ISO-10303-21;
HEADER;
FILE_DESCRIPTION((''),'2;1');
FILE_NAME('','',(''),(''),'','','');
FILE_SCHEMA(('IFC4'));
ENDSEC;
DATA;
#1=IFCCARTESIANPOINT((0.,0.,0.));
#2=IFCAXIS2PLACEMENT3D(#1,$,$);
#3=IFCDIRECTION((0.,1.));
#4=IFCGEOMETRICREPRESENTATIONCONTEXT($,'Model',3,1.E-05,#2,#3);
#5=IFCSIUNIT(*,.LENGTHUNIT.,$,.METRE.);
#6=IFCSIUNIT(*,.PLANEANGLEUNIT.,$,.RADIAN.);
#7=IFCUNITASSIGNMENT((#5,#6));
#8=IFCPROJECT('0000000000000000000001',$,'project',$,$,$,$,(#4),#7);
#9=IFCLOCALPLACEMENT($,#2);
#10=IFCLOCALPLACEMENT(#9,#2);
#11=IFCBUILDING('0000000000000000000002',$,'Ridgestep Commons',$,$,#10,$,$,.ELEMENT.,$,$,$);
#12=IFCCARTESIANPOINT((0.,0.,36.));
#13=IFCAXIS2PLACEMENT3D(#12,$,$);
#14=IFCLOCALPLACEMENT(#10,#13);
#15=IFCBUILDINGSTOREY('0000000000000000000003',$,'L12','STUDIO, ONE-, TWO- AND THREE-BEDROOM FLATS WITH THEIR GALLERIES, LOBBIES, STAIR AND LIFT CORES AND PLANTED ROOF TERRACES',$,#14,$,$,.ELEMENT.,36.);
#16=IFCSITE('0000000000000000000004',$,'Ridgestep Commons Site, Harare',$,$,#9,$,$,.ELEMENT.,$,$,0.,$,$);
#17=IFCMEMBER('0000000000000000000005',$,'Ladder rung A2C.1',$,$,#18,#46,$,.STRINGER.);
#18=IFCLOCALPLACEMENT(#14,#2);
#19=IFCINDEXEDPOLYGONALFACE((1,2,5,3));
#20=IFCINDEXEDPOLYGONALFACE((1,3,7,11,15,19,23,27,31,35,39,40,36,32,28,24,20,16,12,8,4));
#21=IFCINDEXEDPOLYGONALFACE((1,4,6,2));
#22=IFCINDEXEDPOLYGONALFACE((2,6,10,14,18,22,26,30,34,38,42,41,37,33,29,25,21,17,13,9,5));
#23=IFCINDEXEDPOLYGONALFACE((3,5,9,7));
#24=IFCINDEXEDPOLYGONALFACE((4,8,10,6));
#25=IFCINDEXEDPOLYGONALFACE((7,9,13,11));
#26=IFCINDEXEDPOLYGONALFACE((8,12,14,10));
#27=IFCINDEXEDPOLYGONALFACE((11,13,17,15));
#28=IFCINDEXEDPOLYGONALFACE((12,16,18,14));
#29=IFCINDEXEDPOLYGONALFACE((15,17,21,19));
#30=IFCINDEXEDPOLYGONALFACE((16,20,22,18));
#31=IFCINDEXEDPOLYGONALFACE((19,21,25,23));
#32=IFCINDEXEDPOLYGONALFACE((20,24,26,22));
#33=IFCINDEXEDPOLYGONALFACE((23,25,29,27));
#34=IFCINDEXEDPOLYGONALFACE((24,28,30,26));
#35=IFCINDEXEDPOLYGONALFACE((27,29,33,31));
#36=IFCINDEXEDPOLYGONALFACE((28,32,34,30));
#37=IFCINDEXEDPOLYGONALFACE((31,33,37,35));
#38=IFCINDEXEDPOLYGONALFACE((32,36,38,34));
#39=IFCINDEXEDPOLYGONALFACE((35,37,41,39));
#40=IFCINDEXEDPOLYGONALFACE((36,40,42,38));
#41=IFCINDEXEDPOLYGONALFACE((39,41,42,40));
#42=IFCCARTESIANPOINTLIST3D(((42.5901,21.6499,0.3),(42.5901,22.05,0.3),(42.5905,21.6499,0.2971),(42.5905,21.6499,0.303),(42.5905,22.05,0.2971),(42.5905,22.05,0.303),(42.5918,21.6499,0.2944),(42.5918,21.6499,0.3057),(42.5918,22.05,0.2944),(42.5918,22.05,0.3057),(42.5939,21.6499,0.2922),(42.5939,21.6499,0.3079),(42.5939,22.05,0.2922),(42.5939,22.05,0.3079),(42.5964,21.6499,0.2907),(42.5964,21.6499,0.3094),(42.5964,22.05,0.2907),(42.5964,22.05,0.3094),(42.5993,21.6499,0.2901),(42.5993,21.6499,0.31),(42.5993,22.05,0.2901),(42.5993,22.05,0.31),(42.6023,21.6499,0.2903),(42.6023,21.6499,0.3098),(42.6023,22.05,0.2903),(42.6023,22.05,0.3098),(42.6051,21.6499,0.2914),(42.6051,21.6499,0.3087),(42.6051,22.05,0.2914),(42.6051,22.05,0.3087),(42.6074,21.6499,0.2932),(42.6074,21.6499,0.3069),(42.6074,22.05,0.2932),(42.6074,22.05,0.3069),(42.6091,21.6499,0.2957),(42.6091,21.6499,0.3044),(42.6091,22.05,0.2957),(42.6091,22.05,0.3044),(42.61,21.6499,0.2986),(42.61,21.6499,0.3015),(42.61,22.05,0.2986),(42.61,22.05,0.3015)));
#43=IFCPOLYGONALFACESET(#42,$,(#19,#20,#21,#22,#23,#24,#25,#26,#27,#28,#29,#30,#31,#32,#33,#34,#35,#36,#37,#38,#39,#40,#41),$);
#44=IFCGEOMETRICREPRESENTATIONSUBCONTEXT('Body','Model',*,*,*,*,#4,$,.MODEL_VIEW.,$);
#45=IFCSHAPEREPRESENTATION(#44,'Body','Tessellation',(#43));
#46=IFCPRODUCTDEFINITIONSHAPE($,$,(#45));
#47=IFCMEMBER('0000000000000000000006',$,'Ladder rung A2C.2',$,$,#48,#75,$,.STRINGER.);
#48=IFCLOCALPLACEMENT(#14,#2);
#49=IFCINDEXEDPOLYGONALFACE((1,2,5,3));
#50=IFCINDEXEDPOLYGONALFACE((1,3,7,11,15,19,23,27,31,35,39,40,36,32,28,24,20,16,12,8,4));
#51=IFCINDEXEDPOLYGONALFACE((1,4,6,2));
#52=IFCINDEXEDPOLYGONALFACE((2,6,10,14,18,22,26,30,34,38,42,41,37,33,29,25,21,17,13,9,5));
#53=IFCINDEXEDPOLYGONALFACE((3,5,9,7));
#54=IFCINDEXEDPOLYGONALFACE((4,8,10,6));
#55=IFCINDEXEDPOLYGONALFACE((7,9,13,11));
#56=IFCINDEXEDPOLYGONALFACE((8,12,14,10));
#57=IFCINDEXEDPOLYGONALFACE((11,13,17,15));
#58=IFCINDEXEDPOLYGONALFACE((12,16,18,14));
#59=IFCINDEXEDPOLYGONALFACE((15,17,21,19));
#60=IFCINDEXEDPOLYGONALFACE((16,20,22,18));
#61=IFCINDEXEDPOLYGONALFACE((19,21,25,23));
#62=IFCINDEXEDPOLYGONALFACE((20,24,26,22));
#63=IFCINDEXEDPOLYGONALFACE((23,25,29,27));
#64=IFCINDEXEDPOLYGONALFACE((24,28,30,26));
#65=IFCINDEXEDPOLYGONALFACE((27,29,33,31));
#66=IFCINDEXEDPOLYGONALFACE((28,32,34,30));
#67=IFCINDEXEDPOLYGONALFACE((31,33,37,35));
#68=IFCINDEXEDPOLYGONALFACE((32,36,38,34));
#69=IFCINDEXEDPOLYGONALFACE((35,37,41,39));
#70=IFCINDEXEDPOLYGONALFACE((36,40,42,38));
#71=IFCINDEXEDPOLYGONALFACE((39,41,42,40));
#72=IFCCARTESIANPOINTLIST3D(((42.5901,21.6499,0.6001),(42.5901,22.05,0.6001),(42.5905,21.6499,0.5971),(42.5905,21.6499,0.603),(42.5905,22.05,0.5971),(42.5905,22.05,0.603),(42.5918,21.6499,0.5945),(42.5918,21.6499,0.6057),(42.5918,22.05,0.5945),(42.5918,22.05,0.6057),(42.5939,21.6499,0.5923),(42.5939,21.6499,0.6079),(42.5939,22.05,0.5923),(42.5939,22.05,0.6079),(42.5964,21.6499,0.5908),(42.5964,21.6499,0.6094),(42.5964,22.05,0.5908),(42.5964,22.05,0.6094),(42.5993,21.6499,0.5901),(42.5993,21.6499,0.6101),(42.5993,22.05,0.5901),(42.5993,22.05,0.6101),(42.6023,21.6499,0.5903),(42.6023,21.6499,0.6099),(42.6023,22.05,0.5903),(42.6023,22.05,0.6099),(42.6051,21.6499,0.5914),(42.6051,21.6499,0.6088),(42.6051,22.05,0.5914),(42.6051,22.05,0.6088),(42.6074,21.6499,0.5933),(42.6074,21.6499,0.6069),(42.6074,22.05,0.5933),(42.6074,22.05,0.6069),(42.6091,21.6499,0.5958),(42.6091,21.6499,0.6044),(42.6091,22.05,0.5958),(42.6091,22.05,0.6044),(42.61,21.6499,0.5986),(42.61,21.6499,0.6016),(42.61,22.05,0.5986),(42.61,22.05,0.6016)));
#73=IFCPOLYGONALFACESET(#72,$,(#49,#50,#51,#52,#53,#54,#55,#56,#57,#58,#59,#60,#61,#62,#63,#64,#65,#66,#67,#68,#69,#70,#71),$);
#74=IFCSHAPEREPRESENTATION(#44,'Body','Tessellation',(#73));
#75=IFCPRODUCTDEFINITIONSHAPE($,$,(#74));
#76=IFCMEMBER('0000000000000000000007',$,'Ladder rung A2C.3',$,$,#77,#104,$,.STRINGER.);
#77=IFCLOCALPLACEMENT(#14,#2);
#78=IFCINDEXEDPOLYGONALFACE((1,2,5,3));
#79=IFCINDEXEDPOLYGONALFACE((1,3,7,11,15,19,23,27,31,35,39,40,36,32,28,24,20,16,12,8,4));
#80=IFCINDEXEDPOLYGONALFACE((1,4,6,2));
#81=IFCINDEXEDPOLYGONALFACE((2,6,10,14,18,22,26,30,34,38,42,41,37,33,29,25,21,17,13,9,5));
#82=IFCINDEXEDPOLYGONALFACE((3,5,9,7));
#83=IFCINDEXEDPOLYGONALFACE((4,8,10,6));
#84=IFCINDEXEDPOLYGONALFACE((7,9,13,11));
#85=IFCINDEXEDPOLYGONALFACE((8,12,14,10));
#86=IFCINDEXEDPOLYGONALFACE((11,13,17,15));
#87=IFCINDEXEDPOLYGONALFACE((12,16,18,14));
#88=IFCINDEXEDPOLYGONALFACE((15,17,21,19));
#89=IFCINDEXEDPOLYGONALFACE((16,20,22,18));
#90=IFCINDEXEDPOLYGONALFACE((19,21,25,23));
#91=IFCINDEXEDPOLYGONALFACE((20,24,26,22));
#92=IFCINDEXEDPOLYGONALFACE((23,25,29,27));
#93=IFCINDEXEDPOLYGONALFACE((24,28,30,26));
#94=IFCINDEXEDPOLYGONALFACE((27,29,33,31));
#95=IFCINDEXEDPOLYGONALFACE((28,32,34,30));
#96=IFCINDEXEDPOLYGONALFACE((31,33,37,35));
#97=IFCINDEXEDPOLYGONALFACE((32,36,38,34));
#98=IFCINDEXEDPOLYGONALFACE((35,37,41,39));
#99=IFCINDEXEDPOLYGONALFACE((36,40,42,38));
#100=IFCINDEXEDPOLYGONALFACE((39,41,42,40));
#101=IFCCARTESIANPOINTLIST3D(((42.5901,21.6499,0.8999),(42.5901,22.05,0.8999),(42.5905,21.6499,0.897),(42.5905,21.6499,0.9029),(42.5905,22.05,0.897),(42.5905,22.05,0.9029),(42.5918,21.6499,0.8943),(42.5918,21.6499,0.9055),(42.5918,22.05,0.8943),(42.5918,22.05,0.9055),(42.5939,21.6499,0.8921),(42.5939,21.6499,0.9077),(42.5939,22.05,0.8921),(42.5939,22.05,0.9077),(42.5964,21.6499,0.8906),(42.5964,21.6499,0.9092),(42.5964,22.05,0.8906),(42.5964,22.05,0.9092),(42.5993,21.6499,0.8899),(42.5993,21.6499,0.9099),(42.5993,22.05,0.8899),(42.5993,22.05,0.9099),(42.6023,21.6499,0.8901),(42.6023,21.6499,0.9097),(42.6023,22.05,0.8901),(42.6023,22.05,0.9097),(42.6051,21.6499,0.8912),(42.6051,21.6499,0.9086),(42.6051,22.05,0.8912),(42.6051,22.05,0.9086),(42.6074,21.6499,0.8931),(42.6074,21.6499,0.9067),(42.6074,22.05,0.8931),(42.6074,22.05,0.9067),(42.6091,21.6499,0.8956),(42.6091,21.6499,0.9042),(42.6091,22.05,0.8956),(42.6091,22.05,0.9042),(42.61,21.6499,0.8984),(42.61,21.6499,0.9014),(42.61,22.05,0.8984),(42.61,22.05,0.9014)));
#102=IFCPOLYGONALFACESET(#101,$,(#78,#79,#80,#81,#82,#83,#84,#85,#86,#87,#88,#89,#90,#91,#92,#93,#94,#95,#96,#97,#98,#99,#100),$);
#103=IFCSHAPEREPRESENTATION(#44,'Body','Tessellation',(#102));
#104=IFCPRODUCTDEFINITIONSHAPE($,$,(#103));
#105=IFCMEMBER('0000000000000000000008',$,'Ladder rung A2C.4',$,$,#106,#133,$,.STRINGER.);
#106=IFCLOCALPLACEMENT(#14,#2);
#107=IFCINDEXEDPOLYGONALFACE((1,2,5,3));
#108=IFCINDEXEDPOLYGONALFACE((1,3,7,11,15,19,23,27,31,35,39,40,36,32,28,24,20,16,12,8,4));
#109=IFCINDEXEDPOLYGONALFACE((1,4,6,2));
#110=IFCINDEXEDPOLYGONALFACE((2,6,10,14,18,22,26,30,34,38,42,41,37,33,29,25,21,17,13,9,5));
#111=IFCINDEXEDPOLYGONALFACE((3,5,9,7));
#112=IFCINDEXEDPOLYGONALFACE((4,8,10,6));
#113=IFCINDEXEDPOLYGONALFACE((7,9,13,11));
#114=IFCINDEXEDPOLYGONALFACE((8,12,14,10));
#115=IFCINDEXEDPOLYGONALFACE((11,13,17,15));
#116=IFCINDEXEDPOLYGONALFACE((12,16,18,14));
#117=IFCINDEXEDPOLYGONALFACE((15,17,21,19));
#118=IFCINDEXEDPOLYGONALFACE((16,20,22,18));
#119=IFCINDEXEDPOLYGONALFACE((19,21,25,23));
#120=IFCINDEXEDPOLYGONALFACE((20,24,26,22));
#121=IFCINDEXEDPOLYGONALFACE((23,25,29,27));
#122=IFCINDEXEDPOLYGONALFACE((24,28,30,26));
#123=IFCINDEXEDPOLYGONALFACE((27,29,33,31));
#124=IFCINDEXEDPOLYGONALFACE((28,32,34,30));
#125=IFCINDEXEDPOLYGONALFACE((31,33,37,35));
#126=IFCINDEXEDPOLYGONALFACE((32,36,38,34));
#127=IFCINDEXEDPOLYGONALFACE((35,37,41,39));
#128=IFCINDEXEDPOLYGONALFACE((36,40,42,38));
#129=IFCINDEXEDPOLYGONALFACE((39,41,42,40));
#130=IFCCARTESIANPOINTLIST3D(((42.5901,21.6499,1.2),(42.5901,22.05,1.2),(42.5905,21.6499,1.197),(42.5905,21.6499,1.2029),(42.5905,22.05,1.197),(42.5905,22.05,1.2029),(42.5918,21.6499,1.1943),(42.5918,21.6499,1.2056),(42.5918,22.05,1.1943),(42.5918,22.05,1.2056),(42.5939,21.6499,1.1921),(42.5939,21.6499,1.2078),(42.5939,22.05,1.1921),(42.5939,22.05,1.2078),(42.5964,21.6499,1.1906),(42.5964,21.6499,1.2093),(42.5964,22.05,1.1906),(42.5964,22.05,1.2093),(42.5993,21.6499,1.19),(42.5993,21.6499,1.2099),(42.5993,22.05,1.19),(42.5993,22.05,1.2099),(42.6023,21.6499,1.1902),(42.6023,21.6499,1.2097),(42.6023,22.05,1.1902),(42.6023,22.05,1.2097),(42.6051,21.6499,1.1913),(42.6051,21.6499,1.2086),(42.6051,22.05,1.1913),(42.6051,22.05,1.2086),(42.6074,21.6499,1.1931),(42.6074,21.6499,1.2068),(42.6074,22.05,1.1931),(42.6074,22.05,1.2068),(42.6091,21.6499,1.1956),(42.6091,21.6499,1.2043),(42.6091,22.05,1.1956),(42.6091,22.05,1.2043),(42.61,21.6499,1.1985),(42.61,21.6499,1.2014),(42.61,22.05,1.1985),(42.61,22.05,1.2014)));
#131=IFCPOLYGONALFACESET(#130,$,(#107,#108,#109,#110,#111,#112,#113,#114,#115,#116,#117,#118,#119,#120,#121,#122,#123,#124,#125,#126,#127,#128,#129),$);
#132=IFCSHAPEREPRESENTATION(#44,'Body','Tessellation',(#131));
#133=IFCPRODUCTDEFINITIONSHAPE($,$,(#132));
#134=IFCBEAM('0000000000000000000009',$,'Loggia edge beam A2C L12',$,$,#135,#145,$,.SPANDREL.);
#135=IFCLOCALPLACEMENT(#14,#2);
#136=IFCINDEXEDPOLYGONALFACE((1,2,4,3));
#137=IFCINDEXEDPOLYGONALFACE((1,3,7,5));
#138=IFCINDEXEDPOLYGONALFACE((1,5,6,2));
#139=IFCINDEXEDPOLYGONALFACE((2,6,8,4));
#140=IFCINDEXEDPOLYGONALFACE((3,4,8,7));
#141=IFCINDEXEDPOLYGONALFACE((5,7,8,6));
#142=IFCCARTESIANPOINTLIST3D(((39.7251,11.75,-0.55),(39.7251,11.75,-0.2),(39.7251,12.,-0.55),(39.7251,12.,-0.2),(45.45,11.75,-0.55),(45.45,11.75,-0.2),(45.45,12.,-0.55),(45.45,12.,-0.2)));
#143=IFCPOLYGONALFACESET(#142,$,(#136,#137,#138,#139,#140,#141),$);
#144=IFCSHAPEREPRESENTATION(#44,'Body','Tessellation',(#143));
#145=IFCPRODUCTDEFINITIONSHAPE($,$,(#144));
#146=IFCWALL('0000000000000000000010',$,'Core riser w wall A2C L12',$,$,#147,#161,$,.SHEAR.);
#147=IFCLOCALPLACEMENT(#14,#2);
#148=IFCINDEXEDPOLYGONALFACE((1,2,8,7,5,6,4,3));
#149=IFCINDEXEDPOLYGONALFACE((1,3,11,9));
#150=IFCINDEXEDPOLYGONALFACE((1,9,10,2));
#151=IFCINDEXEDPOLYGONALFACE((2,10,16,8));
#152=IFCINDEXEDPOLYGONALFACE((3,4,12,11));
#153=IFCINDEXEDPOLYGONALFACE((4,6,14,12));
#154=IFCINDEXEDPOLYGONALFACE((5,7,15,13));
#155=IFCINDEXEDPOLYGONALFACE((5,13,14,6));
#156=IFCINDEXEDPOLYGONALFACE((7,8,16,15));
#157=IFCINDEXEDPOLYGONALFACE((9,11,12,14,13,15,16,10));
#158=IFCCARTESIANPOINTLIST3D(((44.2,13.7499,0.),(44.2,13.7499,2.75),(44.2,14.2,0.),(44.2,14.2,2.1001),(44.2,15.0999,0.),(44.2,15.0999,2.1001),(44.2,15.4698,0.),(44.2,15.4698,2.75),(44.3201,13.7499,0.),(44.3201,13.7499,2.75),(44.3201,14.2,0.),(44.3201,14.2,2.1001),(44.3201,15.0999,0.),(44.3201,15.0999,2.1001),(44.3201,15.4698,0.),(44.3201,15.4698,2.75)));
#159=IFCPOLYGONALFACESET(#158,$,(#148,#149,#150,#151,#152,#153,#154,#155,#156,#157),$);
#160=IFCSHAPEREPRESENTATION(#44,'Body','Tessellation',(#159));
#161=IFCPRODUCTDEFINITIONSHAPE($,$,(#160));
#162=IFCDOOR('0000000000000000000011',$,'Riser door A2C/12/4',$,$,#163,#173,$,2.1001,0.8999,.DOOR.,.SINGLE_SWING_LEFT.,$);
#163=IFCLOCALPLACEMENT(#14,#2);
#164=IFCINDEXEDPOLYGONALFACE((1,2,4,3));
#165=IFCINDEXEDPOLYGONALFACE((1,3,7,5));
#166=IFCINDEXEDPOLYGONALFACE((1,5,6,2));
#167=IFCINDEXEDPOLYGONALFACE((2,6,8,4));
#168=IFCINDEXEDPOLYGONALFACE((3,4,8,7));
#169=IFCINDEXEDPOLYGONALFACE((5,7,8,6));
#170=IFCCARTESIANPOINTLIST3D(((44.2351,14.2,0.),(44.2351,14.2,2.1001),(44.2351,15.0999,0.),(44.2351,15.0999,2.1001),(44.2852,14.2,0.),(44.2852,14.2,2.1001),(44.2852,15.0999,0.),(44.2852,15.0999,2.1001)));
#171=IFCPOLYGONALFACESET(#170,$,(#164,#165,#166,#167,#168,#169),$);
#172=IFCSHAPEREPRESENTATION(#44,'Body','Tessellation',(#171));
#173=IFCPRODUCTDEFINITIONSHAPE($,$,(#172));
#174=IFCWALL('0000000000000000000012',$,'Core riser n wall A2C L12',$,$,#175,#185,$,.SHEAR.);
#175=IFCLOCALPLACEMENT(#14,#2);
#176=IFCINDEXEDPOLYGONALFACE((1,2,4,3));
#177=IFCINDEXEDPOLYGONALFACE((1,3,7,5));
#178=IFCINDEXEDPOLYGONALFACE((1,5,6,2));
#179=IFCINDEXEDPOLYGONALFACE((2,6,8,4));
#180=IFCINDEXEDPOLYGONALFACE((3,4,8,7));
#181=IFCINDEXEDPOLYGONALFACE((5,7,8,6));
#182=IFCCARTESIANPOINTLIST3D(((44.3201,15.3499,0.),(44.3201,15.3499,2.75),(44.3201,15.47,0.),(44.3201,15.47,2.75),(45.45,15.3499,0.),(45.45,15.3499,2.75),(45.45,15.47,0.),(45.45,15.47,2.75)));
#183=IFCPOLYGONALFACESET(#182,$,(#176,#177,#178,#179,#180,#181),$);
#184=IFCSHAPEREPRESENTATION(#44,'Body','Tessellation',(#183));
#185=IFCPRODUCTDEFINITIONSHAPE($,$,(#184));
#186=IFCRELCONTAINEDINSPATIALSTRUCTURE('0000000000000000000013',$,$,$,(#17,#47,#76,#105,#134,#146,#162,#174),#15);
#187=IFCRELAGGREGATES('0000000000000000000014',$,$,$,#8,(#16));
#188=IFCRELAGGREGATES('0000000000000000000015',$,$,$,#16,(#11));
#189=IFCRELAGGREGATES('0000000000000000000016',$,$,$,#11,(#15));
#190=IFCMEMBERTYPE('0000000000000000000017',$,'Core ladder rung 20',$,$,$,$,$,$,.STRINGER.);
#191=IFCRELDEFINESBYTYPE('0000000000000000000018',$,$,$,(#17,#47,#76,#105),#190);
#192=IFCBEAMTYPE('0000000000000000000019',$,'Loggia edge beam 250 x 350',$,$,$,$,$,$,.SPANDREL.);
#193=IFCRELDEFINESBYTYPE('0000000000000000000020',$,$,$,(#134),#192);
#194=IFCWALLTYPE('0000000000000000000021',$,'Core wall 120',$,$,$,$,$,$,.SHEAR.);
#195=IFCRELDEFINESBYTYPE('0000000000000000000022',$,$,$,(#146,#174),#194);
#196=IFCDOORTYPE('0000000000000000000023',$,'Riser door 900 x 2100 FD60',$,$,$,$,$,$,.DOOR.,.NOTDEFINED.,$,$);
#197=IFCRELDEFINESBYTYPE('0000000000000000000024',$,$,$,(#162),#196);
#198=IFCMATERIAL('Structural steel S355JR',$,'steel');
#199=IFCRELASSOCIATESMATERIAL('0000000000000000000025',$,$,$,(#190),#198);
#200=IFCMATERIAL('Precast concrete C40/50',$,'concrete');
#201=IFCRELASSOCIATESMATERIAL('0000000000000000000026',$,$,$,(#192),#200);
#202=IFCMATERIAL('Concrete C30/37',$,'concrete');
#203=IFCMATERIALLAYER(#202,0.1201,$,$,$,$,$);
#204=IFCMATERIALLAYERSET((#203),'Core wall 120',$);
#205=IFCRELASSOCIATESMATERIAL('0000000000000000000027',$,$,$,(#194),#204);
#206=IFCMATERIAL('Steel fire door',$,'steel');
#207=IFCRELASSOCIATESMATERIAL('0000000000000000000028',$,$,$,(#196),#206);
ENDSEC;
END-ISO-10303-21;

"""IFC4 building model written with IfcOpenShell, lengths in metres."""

from ifc_helpers import new_model, si_unit, direction, frame, frame_2d, origin, origin_2d, place, context, subcontext, project, spatial, rectangle, circle, extrude, material, layer, layer_set, material_profile, profile_set, type_object, element, fill, save


model = new_model("IFC4")

# Units and contexts
model_context = context("Model", 3, precision=1e-05, world=origin(), true_north=direction((0.0, 1.0)))
body_context = subcontext(model_context, "Body", "Model", "MODEL_VIEW")
ifc_project = project(units=[si_unit("LENGTHUNIT", "METRE"), si_unit("PLANEANGLEUNIT", "RADIAN")], contexts=[model_context])

# Site, building, storey
site_placement = place(None, origin())
site = spatial("IfcSite", under=ifc_project, at=site_placement, Name="Ridgestep Commons Site, Harare", CompositionType="ELEMENT", RefElevation=0.0)
building_placement = place(site_placement, origin())
building = spatial("IfcBuilding", under=site, at=building_placement, Name="Ridgestep Commons", CompositionType="ELEMENT")
storey_placement = place(building_placement, frame((0.0, 0.0, 36.0)))
storey = spatial("IfcBuildingStorey", under=building, at=storey_placement, Name="L12", Description="STUDIO, ONE-, TWO- AND THREE-BEDROOM FLATS WITH THEIR GALLERIES, LOBBIES, STAIR AND LIFT CORES AND PLANTED ROOF TERRACES", CompositionType="ELEMENT", Elevation=36.0)

# Members
ifc_material_1 = material(Name="Structural steel S355JR", Category="steel")
ifc_material_profile_1 = material_profile(ifc_material_1, circle(Radius=0.01, at=origin_2d()), Name="Round bar 20")
ifc_profile_set_1 = profile_set([ifc_material_profile_1], Name="Structural steel S355JR")
member_type_1 = type_object("IfcMemberType", Name="Core ladder rung 20", PredefinedType="STRINGER", material=ifc_profile_set_1)
for number, where, z_axis, x_axis, name in (
    (1, (42.6001, 21.6499, 0.3), (0.0, 1.0, 0.0), (-1.0, 0.0, 0.0), "Ladder rung A2C.1"),
    (2, (42.6001, 21.6499, 0.6001), (0.0, 1.0, 0.0), (-1.0, 0.0, 0.0), "Ladder rung A2C.2"),
    (3, (42.6001, 21.6499, 0.8999), (0.0, 1.0, 0.0), (-1.0, 0.0, 0.0), "Ladder rung A2C.3"),
    (4, (42.6001, 21.6499, 1.2), (0.0, 1.0, 0.0), (-1.0, 0.0, 0.0), "Ladder rung A2C.4"),
):
    element("IfcMember", number, at=place(storey_placement, frame(where, z_axis=z_axis, x_axis=x_axis)), inside=storey, type_object=member_type_1, Name=name, PredefinedType="STRINGER", context=body_context, shape_type="SweptSolid", body=[
        extrude(circle(Radius=0.01, at=origin_2d()), origin(), (0.0, 0.0, 1.0), 0.4001),
    ])

# Beam
ifc_material_2 = material(Name="Precast concrete C40/50", Category="concrete")
ifc_material_profile_2 = material_profile(ifc_material_2, rectangle(XDim=0.25, YDim=0.3501, at=origin_2d()), Name="PC 250x350")
ifc_profile_set_2 = profile_set([ifc_material_profile_2], Name="Precast concrete C40/50")
beam_type = type_object("IfcBeamType", Name="Loggia edge beam 250 x 350", PredefinedType="SPANDREL", material=ifc_profile_set_2)
beam_placement = place(storey_placement, frame((39.7251, 11.875, -0.375), z_axis=(1.0, 0.0, 0.0), x_axis=(0.0, 1.0, 0.0)))
element("IfcBeam", 5, at=beam_placement, inside=storey, type_object=beam_type, Name="Loggia edge beam A2C L12", PredefinedType="SPANDREL", context=body_context, shape_type="SweptSolid", body=[
    extrude(rectangle(XDim=0.25, YDim=0.3501, at=origin_2d()), origin(), (0.0, 0.0, 1.0), 5.7249),
])

# Wall, opening, door
ifc_material_3 = material(Name="Concrete C30/37", Category="concrete")
ifc_layer_1 = layer(ifc_material_3, 0.1201)
ifc_layer_set_1 = layer_set([ifc_layer_1], Name="Core wall 120")
wall_type_1 = type_object("IfcWallType", Name="Core wall 120", PredefinedType="SHEAR", material=ifc_layer_set_1)
wall_1_placement = place(storey_placement, frame((44.26, 13.75, 0.0), z_axis=(0.0, 0.0, 1.0), x_axis=(0.0, 1.0, 0.0)))
wall_1 = element("IfcWall", 6, at=wall_1_placement, inside=storey, type_object=wall_type_1, Name="Core riser w wall A2C L12", PredefinedType="SHEAR", context=body_context, shape_type="SweptSolid", body=[
    extrude(rectangle(XDim=1.72, YDim=0.1201, at=frame_2d((0.8599, 0.0))), origin(), (0.0, 0.0, 1.0), 2.75),
])
opening_1_placement = place(wall_1_placement, frame((0.45, 0.0, 0.0)))
opening_1 = element("IfcOpeningElement", 7, at=opening_1_placement, cuts=wall_1, PredefinedType="OPENING", context=body_context, shape_type="SweptSolid", body=[
    extrude(rectangle(XDim=0.8999, YDim=2.1001, at=frame_2d((0.45, 1.05))), frame((0.0, 0.0701, 0.0), z_axis=(0.0, -1.0, 0.0), x_axis=(1.0, 0.0, 0.0)), (0.0, 0.0, 1.0), 0.1401),
])
ifc_material_4 = material(Name="Steel fire door", Category="steel")
door_type_1 = type_object("IfcDoorType", Name="Riser door 900 x 2100 FD60", OperationType="NOTDEFINED", PredefinedType="DOOR", material=ifc_material_4)
door_1_placement = place(opening_1_placement, origin())
door_1 = element("IfcDoor", 8, at=door_1_placement, inside=storey, type_object=door_type_1, Name="Riser door A2C/12/4", OperationType="SINGLE_SWING_LEFT", OverallHeight=2.1001, OverallWidth=0.8999, PredefinedType="DOOR", context=body_context, shape_type="SweptSolid", body=[
    extrude(rectangle(XDim=0.8999, YDim=2.1001, at=frame_2d((0.45, 1.05))), frame((0.0, 0.0249, 0.0), z_axis=(0.0, -1.0, 0.0), x_axis=(1.0, 0.0, 0.0)), (0.0, 0.0, 1.0), 0.05),
])
fill(opening_1, door_1)

# Wall
wall_2_placement = place(storey_placement, frame((44.3201, 15.4099, 0.0), z_axis=(0.0, 0.0, 1.0), x_axis=(1.0, 0.0, 0.0)))
element("IfcWall", 9, at=wall_2_placement, inside=storey, type_object=wall_type_1, Name="Core riser n wall A2C L12", PredefinedType="SHEAR", context=body_context, shape_type="SweptSolid", body=[
    extrude(rectangle(XDim=1.1299, YDim=0.1201, at=frame_2d((0.5649, 0.0))), origin(), (0.0, 0.0, 1.0), 2.75),
])

save(model, "model.ifc")
